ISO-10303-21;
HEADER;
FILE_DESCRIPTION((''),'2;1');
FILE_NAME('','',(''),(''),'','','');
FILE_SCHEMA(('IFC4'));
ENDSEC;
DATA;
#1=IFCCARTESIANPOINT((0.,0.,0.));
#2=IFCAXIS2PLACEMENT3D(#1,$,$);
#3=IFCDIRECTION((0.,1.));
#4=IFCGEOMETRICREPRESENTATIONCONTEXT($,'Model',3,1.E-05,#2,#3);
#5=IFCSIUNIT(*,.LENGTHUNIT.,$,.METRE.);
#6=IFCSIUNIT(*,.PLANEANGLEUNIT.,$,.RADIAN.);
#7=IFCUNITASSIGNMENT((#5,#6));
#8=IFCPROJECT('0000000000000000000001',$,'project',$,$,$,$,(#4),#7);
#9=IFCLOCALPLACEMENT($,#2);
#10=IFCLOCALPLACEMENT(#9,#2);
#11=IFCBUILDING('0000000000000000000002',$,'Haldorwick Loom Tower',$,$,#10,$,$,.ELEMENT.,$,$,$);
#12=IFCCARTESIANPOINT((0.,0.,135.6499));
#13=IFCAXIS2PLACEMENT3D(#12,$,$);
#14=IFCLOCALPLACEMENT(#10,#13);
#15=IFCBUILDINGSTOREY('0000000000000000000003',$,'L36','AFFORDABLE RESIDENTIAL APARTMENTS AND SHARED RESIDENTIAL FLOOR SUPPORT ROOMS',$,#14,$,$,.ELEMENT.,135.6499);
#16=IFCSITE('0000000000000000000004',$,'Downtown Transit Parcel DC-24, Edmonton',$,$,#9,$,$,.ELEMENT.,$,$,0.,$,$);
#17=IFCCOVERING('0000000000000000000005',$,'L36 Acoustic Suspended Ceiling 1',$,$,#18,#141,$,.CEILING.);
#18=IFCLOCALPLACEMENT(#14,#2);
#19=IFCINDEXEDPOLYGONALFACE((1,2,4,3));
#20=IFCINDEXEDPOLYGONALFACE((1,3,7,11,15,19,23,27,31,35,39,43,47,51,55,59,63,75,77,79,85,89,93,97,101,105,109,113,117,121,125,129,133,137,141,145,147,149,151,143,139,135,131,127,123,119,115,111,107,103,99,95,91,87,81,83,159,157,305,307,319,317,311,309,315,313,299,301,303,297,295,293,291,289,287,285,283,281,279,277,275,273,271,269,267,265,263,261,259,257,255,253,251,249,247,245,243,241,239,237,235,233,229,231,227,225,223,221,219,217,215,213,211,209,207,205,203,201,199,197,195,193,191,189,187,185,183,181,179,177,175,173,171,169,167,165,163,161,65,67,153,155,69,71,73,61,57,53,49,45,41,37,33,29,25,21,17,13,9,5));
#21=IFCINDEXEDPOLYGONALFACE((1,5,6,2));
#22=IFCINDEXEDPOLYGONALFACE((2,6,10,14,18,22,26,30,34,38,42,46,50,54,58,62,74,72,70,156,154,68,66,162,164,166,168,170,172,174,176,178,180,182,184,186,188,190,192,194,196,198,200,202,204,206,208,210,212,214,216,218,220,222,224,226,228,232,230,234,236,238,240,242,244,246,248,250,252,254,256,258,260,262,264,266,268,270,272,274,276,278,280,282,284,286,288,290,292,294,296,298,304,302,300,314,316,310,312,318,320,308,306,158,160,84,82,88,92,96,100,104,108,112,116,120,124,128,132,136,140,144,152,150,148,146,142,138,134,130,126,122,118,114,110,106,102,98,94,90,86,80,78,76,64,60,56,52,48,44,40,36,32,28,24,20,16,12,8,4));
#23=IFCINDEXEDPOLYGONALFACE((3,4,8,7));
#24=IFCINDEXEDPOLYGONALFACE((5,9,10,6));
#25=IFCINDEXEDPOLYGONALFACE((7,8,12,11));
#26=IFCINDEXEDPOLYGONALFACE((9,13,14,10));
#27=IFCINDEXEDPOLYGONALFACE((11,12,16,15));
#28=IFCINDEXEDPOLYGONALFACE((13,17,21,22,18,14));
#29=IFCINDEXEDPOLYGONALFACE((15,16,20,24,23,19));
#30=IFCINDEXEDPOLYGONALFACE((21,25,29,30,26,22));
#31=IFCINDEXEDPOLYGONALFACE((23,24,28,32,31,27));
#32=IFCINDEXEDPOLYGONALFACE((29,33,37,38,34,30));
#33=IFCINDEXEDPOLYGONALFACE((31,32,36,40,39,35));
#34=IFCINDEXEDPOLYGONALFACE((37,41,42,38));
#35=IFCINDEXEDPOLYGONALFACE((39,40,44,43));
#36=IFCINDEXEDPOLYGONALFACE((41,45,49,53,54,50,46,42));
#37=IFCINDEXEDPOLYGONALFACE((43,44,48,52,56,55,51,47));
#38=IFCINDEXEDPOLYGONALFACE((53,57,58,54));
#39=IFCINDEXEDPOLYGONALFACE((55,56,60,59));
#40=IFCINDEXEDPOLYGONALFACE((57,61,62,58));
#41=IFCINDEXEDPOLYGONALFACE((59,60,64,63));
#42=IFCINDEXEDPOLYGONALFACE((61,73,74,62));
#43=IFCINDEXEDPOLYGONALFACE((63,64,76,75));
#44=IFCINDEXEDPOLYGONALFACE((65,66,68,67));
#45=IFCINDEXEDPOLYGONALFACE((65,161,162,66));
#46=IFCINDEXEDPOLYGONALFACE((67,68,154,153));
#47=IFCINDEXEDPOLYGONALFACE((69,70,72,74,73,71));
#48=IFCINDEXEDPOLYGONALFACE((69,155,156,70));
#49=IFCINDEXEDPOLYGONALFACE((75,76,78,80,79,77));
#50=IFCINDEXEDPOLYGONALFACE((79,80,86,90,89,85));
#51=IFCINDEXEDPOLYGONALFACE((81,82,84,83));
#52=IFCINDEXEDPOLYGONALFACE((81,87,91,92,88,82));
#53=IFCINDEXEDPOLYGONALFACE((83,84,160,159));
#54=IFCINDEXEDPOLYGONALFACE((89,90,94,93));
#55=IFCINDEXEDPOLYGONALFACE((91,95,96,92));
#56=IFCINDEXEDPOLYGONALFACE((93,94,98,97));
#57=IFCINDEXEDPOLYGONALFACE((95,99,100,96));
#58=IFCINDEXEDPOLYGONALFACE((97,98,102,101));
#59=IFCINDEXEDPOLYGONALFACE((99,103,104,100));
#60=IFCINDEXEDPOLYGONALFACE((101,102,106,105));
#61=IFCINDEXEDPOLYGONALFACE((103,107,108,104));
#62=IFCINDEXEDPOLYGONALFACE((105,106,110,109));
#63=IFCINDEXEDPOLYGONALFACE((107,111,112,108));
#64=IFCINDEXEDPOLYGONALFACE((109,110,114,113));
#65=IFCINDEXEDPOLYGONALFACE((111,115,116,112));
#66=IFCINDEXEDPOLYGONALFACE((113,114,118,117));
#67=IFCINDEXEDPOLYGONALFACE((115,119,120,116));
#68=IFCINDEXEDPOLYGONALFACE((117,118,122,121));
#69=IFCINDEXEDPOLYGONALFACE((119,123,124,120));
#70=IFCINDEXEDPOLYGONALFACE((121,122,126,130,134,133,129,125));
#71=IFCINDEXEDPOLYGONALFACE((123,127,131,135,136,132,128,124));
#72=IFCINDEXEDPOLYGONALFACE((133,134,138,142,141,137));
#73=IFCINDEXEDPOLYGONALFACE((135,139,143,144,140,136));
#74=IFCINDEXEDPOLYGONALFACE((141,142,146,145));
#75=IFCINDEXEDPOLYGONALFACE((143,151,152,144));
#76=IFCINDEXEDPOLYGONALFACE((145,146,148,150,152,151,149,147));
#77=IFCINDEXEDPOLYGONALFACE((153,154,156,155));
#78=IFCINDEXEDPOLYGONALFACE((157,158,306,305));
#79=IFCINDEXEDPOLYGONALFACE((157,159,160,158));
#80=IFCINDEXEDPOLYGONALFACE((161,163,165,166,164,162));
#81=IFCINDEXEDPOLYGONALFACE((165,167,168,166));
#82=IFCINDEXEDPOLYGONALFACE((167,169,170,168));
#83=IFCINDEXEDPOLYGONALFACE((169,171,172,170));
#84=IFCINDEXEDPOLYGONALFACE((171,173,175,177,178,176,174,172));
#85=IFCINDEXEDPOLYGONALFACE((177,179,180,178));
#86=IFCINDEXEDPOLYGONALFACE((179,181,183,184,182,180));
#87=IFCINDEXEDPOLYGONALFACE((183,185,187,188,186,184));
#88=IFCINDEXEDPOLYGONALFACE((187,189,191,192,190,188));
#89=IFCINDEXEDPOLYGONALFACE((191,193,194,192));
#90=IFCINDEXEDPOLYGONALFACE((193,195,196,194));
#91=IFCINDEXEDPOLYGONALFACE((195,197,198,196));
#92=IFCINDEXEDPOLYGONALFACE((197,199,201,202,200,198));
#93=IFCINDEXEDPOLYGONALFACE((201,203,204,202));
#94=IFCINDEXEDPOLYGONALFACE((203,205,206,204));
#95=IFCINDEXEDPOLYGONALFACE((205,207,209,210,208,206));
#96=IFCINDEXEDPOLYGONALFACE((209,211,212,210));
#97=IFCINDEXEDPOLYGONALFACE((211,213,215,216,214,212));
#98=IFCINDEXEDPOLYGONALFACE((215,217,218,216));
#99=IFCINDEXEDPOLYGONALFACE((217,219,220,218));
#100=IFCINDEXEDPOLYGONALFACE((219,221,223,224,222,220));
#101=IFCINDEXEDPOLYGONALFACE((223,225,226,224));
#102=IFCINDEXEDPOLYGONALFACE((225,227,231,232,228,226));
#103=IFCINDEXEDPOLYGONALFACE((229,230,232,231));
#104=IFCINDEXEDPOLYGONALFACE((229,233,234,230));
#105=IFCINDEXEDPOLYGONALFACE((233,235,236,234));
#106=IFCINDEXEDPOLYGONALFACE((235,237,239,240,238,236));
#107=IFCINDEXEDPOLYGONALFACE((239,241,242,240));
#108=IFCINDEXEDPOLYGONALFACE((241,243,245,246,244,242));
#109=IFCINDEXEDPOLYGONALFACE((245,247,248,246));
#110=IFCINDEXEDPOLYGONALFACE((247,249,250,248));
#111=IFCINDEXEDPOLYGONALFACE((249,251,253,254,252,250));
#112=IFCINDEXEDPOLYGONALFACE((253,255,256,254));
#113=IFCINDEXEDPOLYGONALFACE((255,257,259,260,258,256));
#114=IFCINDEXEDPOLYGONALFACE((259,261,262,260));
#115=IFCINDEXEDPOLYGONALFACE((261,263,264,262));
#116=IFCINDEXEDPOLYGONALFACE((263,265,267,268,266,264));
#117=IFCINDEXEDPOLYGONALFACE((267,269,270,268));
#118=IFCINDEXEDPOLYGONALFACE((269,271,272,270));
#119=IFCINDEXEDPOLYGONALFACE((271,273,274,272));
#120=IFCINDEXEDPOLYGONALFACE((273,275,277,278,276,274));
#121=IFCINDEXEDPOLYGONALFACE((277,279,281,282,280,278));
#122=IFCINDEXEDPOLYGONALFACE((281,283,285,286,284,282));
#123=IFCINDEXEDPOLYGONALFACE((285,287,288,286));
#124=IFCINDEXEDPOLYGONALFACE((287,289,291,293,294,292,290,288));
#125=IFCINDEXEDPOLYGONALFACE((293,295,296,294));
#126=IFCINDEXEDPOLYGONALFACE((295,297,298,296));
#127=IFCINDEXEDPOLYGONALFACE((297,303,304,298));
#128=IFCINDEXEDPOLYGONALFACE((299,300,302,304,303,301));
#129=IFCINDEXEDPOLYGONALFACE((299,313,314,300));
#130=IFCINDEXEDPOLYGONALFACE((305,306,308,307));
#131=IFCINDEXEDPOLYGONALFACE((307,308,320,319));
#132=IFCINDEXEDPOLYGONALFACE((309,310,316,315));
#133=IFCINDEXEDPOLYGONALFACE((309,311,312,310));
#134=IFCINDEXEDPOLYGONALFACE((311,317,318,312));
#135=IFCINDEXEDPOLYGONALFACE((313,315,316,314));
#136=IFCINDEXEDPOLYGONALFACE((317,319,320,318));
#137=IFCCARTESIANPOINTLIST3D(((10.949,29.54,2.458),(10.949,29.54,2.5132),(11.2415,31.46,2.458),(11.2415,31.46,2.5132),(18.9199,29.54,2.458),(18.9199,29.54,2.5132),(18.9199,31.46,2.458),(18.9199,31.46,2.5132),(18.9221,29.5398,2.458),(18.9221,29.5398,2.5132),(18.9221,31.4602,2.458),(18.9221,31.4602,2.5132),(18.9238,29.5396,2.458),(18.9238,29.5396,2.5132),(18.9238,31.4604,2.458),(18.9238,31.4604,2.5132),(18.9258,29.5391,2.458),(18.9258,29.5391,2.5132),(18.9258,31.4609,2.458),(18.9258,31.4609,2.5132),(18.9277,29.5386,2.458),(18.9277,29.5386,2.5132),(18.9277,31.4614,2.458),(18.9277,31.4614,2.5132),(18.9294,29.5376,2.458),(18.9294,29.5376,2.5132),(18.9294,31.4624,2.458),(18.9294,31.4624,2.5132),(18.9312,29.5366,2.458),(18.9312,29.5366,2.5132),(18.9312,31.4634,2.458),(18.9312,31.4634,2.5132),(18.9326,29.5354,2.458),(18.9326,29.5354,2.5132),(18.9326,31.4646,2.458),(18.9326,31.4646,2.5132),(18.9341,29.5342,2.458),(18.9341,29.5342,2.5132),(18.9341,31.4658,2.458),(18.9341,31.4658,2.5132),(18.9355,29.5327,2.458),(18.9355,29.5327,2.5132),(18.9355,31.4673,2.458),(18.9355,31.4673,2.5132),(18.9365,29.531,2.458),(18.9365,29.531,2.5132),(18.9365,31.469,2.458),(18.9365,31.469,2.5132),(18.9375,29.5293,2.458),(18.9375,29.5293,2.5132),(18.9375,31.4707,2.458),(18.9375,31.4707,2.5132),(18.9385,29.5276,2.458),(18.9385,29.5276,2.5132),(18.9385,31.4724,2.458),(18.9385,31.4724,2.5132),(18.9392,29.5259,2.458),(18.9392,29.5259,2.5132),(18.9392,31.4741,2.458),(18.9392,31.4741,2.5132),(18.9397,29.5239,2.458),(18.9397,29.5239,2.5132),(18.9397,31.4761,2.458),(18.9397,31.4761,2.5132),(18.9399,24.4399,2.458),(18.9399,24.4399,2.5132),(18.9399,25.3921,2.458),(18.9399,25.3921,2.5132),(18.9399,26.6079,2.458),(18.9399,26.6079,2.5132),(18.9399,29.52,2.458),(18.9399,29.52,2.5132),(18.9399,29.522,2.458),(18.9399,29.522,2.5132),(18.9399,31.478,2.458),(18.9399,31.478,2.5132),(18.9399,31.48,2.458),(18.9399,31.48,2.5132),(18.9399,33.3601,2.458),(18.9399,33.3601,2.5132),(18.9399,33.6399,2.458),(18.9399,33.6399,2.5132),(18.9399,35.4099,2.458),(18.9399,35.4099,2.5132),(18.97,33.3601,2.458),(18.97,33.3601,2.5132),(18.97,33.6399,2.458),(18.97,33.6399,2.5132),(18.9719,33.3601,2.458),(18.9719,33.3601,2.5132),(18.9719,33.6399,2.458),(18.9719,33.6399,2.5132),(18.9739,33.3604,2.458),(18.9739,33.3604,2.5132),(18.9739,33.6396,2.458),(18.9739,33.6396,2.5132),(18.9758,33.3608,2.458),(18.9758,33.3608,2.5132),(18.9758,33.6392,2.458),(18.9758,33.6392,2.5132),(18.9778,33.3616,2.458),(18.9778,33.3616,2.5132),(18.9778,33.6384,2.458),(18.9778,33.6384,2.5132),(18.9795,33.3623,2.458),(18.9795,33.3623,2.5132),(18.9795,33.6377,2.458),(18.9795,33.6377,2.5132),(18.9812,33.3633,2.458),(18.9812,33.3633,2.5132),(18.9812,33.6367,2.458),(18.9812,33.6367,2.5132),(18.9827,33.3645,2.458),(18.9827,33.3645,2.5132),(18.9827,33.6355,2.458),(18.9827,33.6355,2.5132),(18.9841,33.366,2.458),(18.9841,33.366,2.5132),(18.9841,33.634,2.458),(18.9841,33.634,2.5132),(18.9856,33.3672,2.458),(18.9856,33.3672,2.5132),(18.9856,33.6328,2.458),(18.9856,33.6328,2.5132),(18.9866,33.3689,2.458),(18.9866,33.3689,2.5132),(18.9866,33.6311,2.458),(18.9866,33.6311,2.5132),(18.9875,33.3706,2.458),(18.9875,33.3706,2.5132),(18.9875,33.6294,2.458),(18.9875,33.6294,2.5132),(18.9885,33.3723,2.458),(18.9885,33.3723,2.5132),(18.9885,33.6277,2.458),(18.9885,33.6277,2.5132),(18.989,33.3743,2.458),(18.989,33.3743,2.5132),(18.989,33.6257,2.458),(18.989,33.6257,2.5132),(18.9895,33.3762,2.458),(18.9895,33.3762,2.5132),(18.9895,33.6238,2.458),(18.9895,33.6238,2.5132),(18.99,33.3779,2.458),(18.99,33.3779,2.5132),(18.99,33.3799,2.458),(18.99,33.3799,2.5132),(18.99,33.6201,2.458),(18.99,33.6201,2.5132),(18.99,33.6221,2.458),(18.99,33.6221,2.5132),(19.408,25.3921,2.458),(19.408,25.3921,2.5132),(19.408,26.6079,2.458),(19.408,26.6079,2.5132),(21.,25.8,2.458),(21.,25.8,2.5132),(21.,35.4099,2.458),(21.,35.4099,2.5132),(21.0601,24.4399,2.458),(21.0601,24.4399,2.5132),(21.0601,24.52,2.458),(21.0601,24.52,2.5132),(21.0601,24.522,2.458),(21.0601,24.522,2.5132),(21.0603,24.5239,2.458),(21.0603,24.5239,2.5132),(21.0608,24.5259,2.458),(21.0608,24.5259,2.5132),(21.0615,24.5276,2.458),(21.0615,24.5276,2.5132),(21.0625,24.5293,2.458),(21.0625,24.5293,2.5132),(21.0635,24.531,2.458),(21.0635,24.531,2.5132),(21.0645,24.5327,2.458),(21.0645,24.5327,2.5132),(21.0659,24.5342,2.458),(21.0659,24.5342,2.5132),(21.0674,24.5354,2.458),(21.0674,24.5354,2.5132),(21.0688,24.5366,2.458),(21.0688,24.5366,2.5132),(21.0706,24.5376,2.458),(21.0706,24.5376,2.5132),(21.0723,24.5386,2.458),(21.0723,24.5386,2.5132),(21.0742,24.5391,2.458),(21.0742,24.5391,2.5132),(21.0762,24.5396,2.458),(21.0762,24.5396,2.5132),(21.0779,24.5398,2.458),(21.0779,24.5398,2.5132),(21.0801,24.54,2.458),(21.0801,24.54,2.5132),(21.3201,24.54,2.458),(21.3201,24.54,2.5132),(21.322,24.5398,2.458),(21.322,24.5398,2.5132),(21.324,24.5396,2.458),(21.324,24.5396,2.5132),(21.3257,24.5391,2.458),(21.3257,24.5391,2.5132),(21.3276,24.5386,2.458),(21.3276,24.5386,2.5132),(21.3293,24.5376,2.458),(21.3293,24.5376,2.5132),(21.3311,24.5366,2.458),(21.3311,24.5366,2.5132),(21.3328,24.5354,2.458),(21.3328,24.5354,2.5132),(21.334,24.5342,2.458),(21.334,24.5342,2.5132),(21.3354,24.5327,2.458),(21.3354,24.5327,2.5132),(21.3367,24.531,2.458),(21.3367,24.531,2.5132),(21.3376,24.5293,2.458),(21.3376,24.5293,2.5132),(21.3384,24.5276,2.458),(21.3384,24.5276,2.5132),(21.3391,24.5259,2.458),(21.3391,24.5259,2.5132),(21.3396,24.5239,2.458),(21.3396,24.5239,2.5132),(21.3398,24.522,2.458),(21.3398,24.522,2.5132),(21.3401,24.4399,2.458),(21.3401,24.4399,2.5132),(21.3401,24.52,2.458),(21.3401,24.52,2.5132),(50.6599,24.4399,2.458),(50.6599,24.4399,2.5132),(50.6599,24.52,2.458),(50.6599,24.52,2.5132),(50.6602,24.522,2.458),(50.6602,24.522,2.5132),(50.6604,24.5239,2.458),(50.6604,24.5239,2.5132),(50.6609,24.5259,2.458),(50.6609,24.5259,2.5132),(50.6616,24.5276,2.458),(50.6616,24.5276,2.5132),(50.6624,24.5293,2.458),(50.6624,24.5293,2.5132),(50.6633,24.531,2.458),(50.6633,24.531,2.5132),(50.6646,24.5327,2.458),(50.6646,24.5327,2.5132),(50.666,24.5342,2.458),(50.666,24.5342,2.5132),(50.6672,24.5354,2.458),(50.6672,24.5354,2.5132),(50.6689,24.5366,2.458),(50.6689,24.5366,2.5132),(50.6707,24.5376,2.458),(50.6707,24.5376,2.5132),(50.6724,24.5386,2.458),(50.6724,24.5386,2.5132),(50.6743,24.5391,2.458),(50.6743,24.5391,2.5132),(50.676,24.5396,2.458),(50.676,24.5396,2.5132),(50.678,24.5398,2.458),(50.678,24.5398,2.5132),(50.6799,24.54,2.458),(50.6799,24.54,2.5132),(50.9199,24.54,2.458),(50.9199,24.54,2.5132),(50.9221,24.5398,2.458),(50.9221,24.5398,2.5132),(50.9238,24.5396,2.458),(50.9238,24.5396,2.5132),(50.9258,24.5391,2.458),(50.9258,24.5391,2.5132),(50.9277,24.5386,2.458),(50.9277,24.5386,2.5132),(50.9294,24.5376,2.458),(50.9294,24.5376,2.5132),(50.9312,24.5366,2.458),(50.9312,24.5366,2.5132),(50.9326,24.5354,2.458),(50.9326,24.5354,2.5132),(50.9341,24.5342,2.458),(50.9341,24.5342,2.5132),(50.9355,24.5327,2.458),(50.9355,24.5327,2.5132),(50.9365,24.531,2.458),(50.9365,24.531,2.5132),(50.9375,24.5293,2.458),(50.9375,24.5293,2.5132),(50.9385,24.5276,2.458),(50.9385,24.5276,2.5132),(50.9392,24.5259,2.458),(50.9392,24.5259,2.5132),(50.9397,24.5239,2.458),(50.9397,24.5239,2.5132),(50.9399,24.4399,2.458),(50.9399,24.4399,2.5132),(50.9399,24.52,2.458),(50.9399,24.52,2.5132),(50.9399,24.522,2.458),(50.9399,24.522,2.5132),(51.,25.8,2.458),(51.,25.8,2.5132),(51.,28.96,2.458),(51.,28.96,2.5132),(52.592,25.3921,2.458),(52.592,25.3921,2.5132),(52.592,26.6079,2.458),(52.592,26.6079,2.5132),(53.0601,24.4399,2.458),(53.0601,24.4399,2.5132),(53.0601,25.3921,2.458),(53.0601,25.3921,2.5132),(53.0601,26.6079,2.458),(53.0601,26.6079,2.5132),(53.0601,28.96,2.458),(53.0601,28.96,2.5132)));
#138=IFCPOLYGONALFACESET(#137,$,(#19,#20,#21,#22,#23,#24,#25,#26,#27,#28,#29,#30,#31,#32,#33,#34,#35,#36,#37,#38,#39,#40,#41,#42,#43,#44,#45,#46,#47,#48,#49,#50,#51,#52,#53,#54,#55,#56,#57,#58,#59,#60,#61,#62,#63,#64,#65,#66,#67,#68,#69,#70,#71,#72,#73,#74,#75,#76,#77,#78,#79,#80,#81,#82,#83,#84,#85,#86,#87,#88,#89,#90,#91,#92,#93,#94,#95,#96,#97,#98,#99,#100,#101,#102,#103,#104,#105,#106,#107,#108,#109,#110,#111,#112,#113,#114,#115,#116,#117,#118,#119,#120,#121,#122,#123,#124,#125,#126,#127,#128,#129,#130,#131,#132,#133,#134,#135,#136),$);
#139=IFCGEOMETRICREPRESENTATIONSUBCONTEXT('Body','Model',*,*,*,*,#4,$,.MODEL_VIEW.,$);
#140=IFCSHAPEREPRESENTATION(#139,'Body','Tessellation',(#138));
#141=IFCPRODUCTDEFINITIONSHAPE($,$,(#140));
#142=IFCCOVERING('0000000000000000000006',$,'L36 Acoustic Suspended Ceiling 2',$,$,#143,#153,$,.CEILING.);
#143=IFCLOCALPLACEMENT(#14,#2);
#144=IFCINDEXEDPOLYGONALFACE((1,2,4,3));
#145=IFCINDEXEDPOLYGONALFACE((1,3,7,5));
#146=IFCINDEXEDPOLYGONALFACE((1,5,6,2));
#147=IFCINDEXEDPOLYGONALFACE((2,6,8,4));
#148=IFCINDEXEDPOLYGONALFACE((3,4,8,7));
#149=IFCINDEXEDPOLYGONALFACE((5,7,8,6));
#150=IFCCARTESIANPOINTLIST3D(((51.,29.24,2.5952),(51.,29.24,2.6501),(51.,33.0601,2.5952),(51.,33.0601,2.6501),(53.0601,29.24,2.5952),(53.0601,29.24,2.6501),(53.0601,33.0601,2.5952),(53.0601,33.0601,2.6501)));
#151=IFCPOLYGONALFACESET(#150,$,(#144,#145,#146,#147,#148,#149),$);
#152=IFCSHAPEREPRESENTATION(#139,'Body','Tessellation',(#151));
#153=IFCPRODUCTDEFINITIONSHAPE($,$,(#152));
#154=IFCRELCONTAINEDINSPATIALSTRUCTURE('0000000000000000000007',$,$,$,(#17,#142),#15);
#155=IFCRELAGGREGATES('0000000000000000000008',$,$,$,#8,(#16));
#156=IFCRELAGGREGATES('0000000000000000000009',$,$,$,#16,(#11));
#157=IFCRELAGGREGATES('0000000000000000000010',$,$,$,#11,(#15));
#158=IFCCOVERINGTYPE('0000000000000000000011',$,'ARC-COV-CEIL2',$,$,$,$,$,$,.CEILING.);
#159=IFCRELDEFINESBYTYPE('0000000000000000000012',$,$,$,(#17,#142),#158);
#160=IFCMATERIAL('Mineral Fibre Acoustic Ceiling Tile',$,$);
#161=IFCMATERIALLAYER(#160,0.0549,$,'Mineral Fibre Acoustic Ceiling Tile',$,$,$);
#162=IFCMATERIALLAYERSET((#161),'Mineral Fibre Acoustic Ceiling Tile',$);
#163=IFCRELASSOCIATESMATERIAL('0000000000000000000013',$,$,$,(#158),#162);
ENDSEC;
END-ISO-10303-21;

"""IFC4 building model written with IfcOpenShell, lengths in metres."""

from ifc_helpers import new_model, si_unit, direction, frame, origin, place, context, subcontext, project, spatial, polyline, outline, extrude, material, layer, layer_set, type_object, element, save


model = new_model("IFC4")

# Units and contexts
model_context = context("Model", 3, precision=1e-05, world=origin(), true_north=direction((0.0, 1.0)))
body_context = subcontext(model_context, "Body", "Model", "MODEL_VIEW")
ifc_project = project(units=[si_unit("LENGTHUNIT", "METRE"), si_unit("PLANEANGLEUNIT", "RADIAN")], contexts=[model_context])

# Site, building, storey
site_placement = place(None, origin())
site = spatial("IfcSite", under=ifc_project, at=site_placement, Name="Downtown Transit Parcel DC-24, Edmonton", CompositionType="ELEMENT", RefElevation=0.0)
building_placement = place(site_placement, origin())
building = spatial("IfcBuilding", under=site, at=building_placement, Name="Haldorwick Loom Tower", CompositionType="ELEMENT")
storey_placement = place(building_placement, frame((0.0, 0.0, 135.6499)))
storey = spatial("IfcBuildingStorey", under=building, at=storey_placement, Name="L36", Description="AFFORDABLE RESIDENTIAL APARTMENTS AND SHARED RESIDENTIAL FLOOR SUPPORT ROOMS", CompositionType="ELEMENT", Elevation=135.6499)

# Coverings
ifc_material_1 = material(Name="Mineral Fibre Acoustic Ceiling Tile")
ifc_layer_1 = layer(ifc_material_1, 0.0549, Name="Mineral Fibre Acoustic Ceiling Tile")
ifc_layer_set_1 = layer_set([ifc_layer_1], Name="Mineral Fibre Acoustic Ceiling Tile")
covering_type_1 = type_object("IfcCoveringType", Name="ARC-COV-CEIL2", PredefinedType="CEILING", material=ifc_layer_set_1)
covering_1_placement = place(storey_placement, frame((0.0, 0.0, 2.458)))
element("IfcCovering", 1, at=covering_1_placement, inside=storey, type_object=covering_type_1, Name="L36 Acoustic Suspended Ceiling 1", PredefinedType="CEILING", context=body_context, shape_type="SweptSolid", body=[
    extrude(outline(polyline([(10.949, 29.54), (18.9199, 29.54), (18.9221, 29.5398), (18.9238, 29.5396), (18.9258, 29.5391), (18.9277, 29.5386), (18.9294, 29.5376), (18.9312, 29.5366), (18.9326, 29.5354), (18.9341, 29.5342), (18.9355, 29.5327), (18.9365, 29.531), (18.9375, 29.5293), (18.9385, 29.5276), (18.9392, 29.5259), (18.9397, 29.5239), (18.9399, 29.522), (18.9399, 29.52), (18.9399, 26.6079), (19.408, 26.6079), (19.408, 25.3921), (18.9399, 25.3921), (18.9399, 24.4399), (21.0601, 24.4399), (21.0601, 24.52), (21.0601, 24.522), (21.0603, 24.5239), (21.0608, 24.5259), (21.0615, 24.5276), (21.0625, 24.5293), (21.0635, 24.531), (21.0645, 24.5327), (21.0659, 24.5342), (21.0674, 24.5354), (21.0688, 24.5366), (21.0706, 24.5376), (21.0723, 24.5386), (21.0742, 24.5391), (21.0762, 24.5396), (21.0779, 24.5398), (21.0801, 24.54), (21.3201, 24.54), (21.322, 24.5398), (21.324, 24.5396), (21.3257, 24.5391), (21.3276, 24.5386), (21.3293, 24.5376), (21.3311, 24.5366), (21.3328, 24.5354), (21.334, 24.5342), (21.3354, 24.5327), (21.3367, 24.531), (21.3376, 24.5293), (21.3384, 24.5276), (21.3391, 24.5259), (21.3396, 24.5239), (21.3398, 24.522), (21.3401, 24.52), (21.3401, 24.4399), (50.6599, 24.4399), (50.6599, 24.52), (50.6602, 24.522), (50.6604, 24.5239), (50.6609, 24.5259), (50.6616, 24.5276), (50.6624, 24.5293), (50.6633, 24.531), (50.6646, 24.5327), (50.666, 24.5342), (50.6672, 24.5354), (50.6689, 24.5366), (50.6707, 24.5376), (50.6724, 24.5386), (50.6743, 24.5391), (50.676, 24.5396), (50.678, 24.5398), (50.6799, 24.54), (50.9199, 24.54), (50.9221, 24.5398), (50.9238, 24.5396), (50.9258, 24.5391), (50.9277, 24.5386), (50.9294, 24.5376), (50.9312, 24.5366), (50.9326, 24.5354), (50.9341, 24.5342), (50.9355, 24.5327), (50.9365, 24.531), (50.9375, 24.5293), (50.9385, 24.5276), (50.9392, 24.5259), (50.9397, 24.5239), (50.9399, 24.522), (50.9399, 24.52), (50.9399, 24.4399), (53.0601, 24.4399), (53.0601, 25.3921), (52.592, 25.3921), (52.592, 26.6079), (53.0601, 26.6079), (53.0601, 28.96), (51.0, 28.96), (51.0, 25.8), (21.0, 25.8), (21.0, 35.4099), (18.9399, 35.4099), (18.9399, 33.6399), (18.97, 33.6399), (18.9719, 33.6399), (18.9739, 33.6396), (18.9758, 33.6392), (18.9778, 33.6384), (18.9795, 33.6377), (18.9812, 33.6367), (18.9827, 33.6355), (18.9841, 33.634), (18.9856, 33.6328), (18.9866, 33.6311), (18.9875, 33.6294), (18.9885, 33.6277), (18.989, 33.6257), (18.9895, 33.6238), (18.99, 33.6221), (18.99, 33.6201), (18.99, 33.3799), (18.99, 33.3779), (18.9895, 33.3762), (18.989, 33.3743), (18.9885, 33.3723), (18.9875, 33.3706), (18.9866, 33.3689), (18.9856, 33.3672), (18.9841, 33.366), (18.9827, 33.3645), (18.9812, 33.3633), (18.9795, 33.3623), (18.9778, 33.3616), (18.9758, 33.3608), (18.9739, 33.3604), (18.9719, 33.3601), (18.97, 33.3601), (18.9399, 33.3601), (18.9399, 31.48), (18.9399, 31.478), (18.9397, 31.4761), (18.9392, 31.4741), (18.9385, 31.4724), (18.9375, 31.4707), (18.9365, 31.469), (18.9355, 31.4673), (18.9341, 31.4658), (18.9326, 31.4646), (18.9312, 31.4634), (18.9294, 31.4624), (18.9277, 31.4614), (18.9258, 31.4609), (18.9238, 31.4604), (18.9221, 31.4602), (18.9199, 31.46), (11.2415, 31.46), (10.949, 29.54)])), origin(), (0.0, 0.0, 1.0), 0.0552),
])
covering_2_placement = place(storey_placement, frame((0.0, 0.0, 2.5952)))
element("IfcCovering", 2, at=covering_2_placement, inside=storey, type_object=covering_type_1, Name="L36 Acoustic Suspended Ceiling 2", PredefinedType="CEILING", context=body_context, shape_type="SweptSolid", body=[
    extrude(outline(polyline([(51.0, 33.0601), (51.0, 29.24), (53.0601, 29.24), (53.0601, 33.0601), (51.0, 33.0601)])), origin(), (0.0, 0.0, 1.0), 0.0549),
])

save(model, "model.ifc")
